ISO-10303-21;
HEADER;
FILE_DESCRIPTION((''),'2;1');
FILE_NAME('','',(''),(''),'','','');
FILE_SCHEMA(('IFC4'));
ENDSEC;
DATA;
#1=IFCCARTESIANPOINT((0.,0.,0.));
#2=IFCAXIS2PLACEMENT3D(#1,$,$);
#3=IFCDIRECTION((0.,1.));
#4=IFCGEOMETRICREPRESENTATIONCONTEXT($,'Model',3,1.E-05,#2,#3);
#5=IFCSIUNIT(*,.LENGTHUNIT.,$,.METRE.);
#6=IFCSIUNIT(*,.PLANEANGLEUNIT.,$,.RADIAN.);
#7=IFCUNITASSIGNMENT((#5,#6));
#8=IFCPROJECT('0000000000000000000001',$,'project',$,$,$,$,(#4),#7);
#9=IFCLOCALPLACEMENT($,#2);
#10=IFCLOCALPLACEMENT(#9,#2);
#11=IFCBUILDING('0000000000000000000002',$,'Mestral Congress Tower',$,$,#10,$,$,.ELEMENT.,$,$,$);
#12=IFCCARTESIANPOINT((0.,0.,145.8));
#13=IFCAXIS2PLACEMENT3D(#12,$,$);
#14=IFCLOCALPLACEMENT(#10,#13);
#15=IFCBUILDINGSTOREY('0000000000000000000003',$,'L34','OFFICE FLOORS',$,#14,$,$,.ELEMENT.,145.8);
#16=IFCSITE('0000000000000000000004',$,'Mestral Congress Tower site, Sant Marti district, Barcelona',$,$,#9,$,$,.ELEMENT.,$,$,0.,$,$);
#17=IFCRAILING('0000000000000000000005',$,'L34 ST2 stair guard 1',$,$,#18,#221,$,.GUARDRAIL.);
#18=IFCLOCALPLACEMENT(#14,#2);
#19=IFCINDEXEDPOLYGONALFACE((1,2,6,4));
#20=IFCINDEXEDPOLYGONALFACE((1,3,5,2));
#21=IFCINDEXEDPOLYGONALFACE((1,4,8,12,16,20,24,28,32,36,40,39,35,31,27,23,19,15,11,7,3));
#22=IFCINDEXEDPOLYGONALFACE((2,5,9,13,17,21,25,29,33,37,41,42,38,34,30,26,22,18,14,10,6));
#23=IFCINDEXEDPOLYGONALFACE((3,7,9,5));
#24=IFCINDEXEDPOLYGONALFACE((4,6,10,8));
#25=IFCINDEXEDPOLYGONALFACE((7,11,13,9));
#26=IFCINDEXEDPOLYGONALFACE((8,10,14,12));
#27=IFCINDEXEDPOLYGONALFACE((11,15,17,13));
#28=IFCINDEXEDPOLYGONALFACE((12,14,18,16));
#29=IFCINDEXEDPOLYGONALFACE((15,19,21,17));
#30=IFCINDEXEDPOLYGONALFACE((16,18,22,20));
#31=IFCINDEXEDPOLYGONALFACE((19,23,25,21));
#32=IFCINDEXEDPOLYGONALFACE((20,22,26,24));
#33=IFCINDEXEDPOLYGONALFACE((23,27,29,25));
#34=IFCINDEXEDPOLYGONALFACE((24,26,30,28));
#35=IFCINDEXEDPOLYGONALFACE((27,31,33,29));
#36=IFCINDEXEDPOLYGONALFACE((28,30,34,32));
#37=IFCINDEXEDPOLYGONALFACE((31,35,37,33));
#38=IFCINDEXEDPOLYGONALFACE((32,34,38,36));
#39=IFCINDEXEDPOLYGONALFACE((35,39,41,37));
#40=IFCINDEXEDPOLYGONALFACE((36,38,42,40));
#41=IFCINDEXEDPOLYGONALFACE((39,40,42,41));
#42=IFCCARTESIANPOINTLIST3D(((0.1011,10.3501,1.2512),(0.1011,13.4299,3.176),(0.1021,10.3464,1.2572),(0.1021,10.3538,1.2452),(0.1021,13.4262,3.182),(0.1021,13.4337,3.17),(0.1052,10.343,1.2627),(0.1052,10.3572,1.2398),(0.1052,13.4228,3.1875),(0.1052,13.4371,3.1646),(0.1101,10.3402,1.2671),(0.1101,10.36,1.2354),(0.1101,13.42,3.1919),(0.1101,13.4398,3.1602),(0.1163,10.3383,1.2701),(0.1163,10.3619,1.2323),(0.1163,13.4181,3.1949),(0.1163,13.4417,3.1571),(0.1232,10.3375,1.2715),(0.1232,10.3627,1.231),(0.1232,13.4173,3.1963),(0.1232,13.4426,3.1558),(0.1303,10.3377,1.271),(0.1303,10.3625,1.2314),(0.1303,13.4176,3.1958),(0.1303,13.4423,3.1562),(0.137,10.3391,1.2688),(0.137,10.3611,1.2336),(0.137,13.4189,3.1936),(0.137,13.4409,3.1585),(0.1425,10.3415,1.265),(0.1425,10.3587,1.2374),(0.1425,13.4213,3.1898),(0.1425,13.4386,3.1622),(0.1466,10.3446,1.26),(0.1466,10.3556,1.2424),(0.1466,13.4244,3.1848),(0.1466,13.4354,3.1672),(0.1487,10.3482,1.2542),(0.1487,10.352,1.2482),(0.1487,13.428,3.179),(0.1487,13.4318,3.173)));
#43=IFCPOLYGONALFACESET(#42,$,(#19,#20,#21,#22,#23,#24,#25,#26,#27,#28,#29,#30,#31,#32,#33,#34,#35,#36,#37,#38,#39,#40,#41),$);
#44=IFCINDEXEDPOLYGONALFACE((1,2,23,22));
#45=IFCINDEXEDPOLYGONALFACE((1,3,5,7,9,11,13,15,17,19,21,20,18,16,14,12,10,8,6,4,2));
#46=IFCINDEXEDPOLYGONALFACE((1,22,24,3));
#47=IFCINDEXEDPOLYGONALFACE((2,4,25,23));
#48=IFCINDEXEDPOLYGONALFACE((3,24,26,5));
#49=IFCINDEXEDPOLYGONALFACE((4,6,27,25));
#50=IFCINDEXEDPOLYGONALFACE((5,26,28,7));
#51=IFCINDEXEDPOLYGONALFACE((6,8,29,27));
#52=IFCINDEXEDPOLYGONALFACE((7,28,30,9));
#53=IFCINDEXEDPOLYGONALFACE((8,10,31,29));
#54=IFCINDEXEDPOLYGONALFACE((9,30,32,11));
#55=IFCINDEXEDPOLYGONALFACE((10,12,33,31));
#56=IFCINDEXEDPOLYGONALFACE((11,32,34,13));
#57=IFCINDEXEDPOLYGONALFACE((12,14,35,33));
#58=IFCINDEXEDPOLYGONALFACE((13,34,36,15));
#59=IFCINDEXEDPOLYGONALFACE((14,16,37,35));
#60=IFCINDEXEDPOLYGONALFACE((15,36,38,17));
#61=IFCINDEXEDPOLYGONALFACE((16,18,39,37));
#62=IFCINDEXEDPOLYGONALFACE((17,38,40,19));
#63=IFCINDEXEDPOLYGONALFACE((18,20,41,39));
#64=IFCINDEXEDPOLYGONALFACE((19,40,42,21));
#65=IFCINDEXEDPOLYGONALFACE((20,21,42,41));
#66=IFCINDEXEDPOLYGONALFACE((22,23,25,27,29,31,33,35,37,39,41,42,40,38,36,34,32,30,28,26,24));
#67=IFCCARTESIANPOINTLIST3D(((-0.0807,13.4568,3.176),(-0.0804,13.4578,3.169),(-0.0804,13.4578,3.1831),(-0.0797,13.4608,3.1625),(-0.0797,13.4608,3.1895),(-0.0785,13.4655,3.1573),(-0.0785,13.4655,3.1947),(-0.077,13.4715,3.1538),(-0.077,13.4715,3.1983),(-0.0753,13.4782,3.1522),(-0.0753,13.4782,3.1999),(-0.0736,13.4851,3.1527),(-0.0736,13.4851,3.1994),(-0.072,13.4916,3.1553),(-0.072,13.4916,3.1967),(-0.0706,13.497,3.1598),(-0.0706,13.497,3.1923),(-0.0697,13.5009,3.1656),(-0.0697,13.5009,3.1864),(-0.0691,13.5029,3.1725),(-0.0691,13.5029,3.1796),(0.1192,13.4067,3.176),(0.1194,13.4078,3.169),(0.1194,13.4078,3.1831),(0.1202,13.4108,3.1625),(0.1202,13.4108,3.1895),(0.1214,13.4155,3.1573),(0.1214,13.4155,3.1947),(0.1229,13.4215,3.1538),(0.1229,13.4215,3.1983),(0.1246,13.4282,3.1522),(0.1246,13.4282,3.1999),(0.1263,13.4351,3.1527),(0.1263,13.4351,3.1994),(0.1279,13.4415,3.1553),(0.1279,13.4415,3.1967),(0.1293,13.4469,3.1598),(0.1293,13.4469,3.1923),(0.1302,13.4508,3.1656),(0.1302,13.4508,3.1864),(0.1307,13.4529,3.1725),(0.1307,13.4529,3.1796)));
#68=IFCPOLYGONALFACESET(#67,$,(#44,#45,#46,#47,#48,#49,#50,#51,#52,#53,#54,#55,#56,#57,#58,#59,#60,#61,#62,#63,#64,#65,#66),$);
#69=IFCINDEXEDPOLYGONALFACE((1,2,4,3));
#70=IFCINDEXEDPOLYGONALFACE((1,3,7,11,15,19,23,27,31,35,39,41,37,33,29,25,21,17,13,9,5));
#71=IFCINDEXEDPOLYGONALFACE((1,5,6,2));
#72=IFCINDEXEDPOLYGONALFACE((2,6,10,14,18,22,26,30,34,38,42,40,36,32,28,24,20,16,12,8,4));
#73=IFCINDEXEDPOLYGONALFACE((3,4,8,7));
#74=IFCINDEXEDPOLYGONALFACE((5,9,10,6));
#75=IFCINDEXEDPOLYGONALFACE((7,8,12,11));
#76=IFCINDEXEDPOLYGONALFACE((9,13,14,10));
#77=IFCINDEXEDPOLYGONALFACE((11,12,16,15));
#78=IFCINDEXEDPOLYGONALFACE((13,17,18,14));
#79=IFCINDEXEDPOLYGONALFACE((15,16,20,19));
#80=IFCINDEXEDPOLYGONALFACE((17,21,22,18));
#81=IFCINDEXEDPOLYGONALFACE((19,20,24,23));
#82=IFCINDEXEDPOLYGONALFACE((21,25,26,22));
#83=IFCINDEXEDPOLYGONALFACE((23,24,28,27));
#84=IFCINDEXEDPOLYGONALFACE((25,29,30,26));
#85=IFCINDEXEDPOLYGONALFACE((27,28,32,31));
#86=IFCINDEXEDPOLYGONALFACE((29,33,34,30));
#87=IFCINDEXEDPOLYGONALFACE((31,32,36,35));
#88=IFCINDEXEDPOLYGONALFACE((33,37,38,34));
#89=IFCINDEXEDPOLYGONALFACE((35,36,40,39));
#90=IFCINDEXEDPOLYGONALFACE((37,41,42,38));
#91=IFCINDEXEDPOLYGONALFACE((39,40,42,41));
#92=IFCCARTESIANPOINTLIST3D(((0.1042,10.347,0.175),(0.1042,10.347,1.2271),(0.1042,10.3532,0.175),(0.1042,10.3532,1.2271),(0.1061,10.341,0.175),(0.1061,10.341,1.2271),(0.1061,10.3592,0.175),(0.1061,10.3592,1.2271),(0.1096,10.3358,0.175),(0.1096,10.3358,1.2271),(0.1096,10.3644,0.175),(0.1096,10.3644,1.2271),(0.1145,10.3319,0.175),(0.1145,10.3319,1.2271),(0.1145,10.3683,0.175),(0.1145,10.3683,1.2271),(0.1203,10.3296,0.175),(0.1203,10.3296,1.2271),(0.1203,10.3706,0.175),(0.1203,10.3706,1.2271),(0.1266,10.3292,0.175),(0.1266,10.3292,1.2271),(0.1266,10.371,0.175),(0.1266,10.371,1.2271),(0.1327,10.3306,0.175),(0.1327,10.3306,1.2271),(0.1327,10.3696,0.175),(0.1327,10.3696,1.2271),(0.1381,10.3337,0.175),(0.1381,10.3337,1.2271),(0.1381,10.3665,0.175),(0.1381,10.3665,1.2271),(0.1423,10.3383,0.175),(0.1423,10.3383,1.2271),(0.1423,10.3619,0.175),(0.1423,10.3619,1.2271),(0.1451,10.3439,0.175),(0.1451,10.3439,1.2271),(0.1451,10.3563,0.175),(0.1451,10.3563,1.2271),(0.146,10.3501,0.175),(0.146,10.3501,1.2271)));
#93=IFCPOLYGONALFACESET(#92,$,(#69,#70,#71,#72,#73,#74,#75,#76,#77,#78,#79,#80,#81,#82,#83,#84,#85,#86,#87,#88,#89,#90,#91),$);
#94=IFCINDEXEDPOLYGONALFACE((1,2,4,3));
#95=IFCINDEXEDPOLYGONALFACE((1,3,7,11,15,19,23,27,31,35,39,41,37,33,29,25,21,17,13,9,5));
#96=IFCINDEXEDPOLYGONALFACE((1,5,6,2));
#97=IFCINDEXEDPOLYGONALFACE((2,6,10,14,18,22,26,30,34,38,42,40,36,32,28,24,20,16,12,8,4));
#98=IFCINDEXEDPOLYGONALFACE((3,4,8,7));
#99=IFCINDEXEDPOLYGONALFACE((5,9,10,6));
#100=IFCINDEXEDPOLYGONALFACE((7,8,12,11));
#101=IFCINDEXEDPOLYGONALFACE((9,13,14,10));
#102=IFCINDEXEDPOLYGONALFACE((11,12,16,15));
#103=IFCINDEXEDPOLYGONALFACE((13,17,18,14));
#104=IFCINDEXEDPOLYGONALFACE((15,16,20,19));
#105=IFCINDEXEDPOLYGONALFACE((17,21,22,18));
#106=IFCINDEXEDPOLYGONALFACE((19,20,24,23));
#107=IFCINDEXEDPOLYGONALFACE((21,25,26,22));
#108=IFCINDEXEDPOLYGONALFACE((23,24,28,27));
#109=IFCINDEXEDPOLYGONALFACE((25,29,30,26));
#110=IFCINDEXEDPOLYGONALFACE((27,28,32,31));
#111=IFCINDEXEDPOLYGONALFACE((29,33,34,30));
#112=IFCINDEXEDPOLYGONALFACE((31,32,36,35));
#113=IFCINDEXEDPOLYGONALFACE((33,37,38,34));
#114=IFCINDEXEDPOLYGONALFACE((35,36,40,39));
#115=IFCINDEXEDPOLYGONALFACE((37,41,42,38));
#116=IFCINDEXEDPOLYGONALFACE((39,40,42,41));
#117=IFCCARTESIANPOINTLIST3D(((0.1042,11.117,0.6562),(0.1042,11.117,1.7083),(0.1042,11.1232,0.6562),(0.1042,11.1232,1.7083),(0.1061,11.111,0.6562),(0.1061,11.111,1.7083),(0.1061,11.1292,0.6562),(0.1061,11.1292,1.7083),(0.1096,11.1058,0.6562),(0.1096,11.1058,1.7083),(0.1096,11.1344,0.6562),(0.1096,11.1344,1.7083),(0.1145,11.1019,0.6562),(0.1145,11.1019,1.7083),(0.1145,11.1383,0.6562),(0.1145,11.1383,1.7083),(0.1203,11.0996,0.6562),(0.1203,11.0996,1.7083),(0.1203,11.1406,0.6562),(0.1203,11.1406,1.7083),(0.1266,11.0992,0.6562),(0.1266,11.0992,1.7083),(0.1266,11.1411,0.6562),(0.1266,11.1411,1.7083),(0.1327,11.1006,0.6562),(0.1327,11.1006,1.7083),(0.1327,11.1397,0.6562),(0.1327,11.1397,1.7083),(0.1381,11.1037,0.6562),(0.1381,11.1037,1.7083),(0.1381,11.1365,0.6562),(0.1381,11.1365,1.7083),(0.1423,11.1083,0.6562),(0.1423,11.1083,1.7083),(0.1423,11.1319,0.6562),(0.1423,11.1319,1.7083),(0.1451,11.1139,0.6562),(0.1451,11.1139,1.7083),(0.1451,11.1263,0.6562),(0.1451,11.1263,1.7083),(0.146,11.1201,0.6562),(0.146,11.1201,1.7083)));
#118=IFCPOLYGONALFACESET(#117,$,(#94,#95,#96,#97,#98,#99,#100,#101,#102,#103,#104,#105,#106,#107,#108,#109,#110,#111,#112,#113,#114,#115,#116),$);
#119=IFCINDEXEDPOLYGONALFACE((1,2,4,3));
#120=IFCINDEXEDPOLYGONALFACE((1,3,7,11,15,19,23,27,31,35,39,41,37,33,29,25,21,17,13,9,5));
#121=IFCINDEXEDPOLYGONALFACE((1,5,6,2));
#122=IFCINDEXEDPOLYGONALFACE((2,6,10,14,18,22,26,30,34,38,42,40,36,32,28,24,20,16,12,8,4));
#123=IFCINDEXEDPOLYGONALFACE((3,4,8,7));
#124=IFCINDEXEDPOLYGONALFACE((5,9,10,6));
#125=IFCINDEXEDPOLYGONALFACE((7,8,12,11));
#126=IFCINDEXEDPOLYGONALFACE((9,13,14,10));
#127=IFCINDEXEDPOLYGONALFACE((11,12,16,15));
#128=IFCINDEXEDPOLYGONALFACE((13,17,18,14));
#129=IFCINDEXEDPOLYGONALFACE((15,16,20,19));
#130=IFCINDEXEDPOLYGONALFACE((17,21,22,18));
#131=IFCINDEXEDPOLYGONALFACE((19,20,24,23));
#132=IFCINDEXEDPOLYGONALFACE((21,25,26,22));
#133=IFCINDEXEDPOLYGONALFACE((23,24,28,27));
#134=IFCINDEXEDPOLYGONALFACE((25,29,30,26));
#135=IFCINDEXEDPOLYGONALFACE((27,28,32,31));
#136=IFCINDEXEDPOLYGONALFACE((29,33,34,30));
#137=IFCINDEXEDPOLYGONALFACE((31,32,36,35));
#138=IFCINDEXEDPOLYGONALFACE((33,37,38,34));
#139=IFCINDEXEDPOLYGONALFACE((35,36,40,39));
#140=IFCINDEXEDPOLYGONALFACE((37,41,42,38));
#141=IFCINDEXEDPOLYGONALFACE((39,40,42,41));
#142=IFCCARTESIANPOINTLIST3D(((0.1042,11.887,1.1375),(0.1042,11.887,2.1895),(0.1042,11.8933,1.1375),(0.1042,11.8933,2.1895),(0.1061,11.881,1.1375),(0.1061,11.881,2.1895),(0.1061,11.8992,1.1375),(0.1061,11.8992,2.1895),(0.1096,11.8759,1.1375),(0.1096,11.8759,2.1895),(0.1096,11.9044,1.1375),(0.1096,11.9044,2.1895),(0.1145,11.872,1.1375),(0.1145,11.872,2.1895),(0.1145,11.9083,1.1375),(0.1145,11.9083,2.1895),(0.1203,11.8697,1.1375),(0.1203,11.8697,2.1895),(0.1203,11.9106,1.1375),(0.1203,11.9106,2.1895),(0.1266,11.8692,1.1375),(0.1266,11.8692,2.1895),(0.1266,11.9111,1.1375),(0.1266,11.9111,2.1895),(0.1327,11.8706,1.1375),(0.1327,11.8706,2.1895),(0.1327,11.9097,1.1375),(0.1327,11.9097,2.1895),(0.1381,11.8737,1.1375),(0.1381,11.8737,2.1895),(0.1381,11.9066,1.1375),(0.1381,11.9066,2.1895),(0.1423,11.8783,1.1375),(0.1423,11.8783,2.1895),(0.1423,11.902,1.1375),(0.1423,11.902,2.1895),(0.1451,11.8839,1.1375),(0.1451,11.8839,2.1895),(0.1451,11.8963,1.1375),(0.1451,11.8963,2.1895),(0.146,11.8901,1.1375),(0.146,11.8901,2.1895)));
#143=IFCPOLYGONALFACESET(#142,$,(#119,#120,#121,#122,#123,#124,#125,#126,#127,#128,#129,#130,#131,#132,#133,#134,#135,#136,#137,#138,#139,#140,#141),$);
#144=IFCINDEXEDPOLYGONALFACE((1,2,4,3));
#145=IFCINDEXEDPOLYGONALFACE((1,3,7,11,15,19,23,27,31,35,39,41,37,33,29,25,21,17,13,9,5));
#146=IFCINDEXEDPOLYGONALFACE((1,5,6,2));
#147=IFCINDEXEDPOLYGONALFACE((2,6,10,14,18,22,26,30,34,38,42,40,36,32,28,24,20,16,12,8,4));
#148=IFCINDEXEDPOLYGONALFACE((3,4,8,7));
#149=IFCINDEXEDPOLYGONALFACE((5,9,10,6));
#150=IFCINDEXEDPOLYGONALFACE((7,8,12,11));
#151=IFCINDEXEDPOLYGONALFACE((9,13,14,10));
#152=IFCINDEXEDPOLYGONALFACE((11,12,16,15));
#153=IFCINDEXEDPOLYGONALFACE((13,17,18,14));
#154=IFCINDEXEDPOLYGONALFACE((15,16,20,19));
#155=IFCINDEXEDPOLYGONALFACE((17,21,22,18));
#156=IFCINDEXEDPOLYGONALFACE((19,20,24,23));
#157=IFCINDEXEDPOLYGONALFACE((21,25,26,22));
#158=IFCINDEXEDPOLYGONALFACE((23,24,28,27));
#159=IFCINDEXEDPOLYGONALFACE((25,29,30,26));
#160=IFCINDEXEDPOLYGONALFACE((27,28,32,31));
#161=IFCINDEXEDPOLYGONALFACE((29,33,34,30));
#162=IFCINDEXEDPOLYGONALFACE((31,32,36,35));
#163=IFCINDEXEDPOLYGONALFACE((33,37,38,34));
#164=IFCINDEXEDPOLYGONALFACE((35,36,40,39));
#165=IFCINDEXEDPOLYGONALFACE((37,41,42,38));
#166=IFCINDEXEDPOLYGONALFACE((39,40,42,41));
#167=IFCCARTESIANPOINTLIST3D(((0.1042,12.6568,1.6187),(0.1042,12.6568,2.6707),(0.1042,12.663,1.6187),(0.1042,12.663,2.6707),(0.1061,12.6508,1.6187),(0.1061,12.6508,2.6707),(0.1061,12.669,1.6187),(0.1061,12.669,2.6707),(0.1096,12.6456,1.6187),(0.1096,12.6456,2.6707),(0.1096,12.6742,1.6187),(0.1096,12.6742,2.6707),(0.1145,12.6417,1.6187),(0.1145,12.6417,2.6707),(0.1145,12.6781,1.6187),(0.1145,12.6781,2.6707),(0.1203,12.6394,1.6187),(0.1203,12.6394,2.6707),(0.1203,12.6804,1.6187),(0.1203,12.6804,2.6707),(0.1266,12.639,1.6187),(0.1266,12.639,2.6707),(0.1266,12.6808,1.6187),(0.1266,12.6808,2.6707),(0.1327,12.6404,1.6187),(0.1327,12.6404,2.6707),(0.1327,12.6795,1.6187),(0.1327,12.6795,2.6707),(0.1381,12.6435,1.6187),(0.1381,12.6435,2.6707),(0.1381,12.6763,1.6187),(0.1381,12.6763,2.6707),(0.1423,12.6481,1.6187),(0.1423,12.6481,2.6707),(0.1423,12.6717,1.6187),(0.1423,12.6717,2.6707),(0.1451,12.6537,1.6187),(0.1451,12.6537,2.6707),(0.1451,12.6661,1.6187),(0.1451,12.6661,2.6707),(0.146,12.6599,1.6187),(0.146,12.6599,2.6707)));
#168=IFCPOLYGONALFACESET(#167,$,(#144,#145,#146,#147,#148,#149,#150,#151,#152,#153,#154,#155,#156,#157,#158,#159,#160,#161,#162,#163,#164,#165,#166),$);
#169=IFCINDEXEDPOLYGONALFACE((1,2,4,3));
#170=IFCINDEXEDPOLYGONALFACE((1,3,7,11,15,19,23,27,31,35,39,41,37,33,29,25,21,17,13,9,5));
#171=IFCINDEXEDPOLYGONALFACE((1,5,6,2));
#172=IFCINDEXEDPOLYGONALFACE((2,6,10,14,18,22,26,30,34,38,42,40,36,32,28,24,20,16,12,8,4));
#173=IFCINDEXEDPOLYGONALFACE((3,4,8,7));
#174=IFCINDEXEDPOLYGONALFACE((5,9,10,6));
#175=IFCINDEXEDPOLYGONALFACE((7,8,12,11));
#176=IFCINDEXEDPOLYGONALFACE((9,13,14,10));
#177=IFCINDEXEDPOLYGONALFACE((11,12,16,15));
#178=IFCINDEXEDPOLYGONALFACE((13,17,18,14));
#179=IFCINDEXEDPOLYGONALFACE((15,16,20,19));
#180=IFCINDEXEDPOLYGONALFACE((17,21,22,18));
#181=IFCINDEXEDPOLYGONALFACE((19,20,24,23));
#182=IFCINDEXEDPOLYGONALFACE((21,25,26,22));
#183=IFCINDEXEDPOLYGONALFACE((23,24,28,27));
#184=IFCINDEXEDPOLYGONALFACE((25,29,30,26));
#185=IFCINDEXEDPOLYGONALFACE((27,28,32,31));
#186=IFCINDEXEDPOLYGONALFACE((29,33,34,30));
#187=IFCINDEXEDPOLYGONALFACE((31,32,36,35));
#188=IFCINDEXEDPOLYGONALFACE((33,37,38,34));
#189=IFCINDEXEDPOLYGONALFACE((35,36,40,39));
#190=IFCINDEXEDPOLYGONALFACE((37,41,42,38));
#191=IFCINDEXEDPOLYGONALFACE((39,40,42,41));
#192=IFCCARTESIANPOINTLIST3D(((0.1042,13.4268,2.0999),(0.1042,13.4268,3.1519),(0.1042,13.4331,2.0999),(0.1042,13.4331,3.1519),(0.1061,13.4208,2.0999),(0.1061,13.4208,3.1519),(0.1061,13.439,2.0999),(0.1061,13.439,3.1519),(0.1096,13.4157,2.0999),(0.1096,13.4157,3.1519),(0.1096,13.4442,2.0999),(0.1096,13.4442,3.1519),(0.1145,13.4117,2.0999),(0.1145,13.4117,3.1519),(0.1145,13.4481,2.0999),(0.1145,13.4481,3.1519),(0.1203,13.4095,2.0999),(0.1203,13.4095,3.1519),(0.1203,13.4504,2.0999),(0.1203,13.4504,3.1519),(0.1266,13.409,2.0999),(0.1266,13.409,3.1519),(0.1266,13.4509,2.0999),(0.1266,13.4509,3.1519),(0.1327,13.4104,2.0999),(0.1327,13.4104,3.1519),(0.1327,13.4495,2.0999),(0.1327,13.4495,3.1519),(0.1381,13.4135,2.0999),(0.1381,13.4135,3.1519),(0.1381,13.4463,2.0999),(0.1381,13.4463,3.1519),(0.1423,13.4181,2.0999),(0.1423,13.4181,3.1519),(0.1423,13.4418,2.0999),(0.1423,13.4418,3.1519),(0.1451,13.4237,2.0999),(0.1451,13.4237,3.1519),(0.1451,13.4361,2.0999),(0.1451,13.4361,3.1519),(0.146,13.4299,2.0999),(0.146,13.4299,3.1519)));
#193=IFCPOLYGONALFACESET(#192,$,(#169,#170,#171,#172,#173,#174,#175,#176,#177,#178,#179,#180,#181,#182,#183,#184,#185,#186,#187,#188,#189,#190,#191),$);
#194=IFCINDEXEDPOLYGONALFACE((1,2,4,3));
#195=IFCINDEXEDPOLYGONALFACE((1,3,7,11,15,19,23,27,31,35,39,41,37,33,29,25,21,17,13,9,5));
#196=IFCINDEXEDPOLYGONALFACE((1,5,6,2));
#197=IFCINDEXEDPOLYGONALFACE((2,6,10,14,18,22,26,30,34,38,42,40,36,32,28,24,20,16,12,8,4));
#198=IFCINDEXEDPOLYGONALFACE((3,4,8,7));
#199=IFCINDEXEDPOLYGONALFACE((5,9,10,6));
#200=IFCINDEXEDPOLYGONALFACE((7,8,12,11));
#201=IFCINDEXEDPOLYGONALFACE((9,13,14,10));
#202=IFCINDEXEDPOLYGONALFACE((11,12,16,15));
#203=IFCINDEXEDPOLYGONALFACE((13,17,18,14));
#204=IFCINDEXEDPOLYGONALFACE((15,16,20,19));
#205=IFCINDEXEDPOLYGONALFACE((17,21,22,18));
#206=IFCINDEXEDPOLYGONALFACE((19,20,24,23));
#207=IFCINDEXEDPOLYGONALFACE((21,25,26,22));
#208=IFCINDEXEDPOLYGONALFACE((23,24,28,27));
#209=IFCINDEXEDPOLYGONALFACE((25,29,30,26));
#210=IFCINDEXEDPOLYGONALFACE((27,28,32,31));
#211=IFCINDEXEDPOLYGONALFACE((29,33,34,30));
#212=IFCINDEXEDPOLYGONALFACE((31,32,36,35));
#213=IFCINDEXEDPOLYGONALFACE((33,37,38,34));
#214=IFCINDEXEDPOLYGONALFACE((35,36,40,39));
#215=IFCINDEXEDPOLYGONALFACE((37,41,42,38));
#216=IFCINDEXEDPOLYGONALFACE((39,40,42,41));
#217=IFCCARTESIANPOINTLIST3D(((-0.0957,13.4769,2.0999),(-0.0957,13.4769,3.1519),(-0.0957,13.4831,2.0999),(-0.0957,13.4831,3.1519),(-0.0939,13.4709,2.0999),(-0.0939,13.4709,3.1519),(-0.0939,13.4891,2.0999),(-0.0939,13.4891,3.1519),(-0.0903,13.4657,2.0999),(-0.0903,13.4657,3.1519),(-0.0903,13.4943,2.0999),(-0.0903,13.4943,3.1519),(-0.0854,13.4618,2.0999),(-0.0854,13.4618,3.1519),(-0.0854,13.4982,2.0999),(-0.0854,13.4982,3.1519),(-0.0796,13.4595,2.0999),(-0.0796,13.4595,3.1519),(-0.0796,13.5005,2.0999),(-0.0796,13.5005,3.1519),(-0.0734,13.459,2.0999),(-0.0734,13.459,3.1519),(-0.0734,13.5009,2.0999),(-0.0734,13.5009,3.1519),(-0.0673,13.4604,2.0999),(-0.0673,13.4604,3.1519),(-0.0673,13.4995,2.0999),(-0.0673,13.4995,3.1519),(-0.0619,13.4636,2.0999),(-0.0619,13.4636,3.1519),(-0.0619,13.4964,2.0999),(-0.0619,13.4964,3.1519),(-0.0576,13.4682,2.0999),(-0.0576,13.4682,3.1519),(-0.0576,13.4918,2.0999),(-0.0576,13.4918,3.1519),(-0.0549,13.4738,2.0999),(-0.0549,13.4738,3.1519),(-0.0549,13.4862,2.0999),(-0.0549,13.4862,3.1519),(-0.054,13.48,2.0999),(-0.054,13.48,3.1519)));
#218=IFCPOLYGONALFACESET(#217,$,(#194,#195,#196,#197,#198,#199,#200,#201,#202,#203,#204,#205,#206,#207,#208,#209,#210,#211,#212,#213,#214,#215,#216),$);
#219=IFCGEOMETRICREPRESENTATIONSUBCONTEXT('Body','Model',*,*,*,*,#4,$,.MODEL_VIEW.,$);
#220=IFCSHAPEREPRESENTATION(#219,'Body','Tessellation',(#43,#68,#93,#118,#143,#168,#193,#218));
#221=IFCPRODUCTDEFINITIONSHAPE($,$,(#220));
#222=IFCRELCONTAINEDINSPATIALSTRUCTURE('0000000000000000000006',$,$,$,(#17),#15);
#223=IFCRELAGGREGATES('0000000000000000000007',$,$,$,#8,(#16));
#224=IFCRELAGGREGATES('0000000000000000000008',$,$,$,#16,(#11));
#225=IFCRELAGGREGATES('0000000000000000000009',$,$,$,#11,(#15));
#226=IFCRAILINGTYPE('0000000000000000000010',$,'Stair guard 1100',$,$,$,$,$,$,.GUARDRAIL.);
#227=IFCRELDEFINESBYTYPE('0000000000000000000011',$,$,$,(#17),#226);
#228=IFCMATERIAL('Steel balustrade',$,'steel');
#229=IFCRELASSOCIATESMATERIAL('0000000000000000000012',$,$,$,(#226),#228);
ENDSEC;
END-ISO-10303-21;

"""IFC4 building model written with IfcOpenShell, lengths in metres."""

from ifc_helpers import new_model, si_unit, direction, frame, origin, origin_2d, place, context, subcontext, project, spatial, circle, extrude, material, type_object, element, save


model = new_model("IFC4")

# Units and contexts
model_context = context("Model", 3, precision=1e-05, world=origin(), true_north=direction((0.0, 1.0)))
body_context = subcontext(model_context, "Body", "Model", "MODEL_VIEW")
ifc_project = project(units=[si_unit("LENGTHUNIT", "METRE"), si_unit("PLANEANGLEUNIT", "RADIAN")], contexts=[model_context])

# Site, building, storey
site_placement = place(None, origin())
site = spatial("IfcSite", under=ifc_project, at=site_placement, Name="Mestral Congress Tower site, Sant Marti district, Barcelona", CompositionType="ELEMENT", RefElevation=0.0)
building_placement = place(site_placement, origin())
building = spatial("IfcBuilding", under=site, at=building_placement, Name="Mestral Congress Tower", CompositionType="ELEMENT")
storey_placement = place(building_placement, frame((0.0, 0.0, 145.8)))
storey = spatial("IfcBuildingStorey", under=building, at=storey_placement, Name="L34", Description="OFFICE FLOORS", CompositionType="ELEMENT", Elevation=145.8)

# Railing
ifc_material_1 = material(Name="Steel balustrade", Category="steel")
railing_type_1 = type_object("IfcRailingType", Name="Stair guard 1100", PredefinedType="GUARDRAIL", material=ifc_material_1)
railing_1_placement = place(storey_placement, frame((0.125, 10.3501, 0.175)))
element("IfcRailing", 1, at=railing_1_placement, inside=storey, type_object=railing_type_1, Name="L34 ST2 stair guard 1", PredefinedType="GUARDRAIL", context=body_context, shape_type="SweptSolid", body=[
    extrude(circle(Radius=0.0239, at=origin_2d()), frame((0.0, 0.0, 1.0762), z_axis=(0.0, 0.84801, 0.529981), x_axis=(-1.0, 0.0, 0.0)), (0.0, 0.0, 1.0), 3.6318),
    extrude(circle(Radius=0.0239, at=origin_2d()), frame((0.0, 3.0798, 3.001), z_axis=(-0.970073, 0.242814, 0.0), x_axis=(-0.242814, -0.970073, 0.0)), (0.0, 0.0, 1.0), 0.2061),
    extrude(circle(Radius=0.021, at=origin_2d()), origin(), (0.0, 0.0, 1.0), 1.052),
    extrude(circle(Radius=0.021, at=origin_2d()), frame((0.0, 0.77, 0.4812)), (0.0, 0.0, 1.0), 1.052),
    extrude(circle(Radius=0.021, at=origin_2d()), frame((0.0, 1.54, 0.9624)), (0.0, 0.0, 1.0), 1.052),
    extrude(circle(Radius=0.021, at=origin_2d()), frame((0.0, 2.3098, 1.4436)), (0.0, 0.0, 1.0), 1.052),
    extrude(circle(Radius=0.021, at=origin_2d()), frame((0.0, 3.0798, 1.9248)), (0.0, 0.0, 1.0), 1.052),
    extrude(circle(Radius=0.021, at=origin_2d()), frame((-0.2, 3.1299, 1.9248)), (0.0, 0.0, 1.0), 1.052),
])

save(model, "model.ifc")
